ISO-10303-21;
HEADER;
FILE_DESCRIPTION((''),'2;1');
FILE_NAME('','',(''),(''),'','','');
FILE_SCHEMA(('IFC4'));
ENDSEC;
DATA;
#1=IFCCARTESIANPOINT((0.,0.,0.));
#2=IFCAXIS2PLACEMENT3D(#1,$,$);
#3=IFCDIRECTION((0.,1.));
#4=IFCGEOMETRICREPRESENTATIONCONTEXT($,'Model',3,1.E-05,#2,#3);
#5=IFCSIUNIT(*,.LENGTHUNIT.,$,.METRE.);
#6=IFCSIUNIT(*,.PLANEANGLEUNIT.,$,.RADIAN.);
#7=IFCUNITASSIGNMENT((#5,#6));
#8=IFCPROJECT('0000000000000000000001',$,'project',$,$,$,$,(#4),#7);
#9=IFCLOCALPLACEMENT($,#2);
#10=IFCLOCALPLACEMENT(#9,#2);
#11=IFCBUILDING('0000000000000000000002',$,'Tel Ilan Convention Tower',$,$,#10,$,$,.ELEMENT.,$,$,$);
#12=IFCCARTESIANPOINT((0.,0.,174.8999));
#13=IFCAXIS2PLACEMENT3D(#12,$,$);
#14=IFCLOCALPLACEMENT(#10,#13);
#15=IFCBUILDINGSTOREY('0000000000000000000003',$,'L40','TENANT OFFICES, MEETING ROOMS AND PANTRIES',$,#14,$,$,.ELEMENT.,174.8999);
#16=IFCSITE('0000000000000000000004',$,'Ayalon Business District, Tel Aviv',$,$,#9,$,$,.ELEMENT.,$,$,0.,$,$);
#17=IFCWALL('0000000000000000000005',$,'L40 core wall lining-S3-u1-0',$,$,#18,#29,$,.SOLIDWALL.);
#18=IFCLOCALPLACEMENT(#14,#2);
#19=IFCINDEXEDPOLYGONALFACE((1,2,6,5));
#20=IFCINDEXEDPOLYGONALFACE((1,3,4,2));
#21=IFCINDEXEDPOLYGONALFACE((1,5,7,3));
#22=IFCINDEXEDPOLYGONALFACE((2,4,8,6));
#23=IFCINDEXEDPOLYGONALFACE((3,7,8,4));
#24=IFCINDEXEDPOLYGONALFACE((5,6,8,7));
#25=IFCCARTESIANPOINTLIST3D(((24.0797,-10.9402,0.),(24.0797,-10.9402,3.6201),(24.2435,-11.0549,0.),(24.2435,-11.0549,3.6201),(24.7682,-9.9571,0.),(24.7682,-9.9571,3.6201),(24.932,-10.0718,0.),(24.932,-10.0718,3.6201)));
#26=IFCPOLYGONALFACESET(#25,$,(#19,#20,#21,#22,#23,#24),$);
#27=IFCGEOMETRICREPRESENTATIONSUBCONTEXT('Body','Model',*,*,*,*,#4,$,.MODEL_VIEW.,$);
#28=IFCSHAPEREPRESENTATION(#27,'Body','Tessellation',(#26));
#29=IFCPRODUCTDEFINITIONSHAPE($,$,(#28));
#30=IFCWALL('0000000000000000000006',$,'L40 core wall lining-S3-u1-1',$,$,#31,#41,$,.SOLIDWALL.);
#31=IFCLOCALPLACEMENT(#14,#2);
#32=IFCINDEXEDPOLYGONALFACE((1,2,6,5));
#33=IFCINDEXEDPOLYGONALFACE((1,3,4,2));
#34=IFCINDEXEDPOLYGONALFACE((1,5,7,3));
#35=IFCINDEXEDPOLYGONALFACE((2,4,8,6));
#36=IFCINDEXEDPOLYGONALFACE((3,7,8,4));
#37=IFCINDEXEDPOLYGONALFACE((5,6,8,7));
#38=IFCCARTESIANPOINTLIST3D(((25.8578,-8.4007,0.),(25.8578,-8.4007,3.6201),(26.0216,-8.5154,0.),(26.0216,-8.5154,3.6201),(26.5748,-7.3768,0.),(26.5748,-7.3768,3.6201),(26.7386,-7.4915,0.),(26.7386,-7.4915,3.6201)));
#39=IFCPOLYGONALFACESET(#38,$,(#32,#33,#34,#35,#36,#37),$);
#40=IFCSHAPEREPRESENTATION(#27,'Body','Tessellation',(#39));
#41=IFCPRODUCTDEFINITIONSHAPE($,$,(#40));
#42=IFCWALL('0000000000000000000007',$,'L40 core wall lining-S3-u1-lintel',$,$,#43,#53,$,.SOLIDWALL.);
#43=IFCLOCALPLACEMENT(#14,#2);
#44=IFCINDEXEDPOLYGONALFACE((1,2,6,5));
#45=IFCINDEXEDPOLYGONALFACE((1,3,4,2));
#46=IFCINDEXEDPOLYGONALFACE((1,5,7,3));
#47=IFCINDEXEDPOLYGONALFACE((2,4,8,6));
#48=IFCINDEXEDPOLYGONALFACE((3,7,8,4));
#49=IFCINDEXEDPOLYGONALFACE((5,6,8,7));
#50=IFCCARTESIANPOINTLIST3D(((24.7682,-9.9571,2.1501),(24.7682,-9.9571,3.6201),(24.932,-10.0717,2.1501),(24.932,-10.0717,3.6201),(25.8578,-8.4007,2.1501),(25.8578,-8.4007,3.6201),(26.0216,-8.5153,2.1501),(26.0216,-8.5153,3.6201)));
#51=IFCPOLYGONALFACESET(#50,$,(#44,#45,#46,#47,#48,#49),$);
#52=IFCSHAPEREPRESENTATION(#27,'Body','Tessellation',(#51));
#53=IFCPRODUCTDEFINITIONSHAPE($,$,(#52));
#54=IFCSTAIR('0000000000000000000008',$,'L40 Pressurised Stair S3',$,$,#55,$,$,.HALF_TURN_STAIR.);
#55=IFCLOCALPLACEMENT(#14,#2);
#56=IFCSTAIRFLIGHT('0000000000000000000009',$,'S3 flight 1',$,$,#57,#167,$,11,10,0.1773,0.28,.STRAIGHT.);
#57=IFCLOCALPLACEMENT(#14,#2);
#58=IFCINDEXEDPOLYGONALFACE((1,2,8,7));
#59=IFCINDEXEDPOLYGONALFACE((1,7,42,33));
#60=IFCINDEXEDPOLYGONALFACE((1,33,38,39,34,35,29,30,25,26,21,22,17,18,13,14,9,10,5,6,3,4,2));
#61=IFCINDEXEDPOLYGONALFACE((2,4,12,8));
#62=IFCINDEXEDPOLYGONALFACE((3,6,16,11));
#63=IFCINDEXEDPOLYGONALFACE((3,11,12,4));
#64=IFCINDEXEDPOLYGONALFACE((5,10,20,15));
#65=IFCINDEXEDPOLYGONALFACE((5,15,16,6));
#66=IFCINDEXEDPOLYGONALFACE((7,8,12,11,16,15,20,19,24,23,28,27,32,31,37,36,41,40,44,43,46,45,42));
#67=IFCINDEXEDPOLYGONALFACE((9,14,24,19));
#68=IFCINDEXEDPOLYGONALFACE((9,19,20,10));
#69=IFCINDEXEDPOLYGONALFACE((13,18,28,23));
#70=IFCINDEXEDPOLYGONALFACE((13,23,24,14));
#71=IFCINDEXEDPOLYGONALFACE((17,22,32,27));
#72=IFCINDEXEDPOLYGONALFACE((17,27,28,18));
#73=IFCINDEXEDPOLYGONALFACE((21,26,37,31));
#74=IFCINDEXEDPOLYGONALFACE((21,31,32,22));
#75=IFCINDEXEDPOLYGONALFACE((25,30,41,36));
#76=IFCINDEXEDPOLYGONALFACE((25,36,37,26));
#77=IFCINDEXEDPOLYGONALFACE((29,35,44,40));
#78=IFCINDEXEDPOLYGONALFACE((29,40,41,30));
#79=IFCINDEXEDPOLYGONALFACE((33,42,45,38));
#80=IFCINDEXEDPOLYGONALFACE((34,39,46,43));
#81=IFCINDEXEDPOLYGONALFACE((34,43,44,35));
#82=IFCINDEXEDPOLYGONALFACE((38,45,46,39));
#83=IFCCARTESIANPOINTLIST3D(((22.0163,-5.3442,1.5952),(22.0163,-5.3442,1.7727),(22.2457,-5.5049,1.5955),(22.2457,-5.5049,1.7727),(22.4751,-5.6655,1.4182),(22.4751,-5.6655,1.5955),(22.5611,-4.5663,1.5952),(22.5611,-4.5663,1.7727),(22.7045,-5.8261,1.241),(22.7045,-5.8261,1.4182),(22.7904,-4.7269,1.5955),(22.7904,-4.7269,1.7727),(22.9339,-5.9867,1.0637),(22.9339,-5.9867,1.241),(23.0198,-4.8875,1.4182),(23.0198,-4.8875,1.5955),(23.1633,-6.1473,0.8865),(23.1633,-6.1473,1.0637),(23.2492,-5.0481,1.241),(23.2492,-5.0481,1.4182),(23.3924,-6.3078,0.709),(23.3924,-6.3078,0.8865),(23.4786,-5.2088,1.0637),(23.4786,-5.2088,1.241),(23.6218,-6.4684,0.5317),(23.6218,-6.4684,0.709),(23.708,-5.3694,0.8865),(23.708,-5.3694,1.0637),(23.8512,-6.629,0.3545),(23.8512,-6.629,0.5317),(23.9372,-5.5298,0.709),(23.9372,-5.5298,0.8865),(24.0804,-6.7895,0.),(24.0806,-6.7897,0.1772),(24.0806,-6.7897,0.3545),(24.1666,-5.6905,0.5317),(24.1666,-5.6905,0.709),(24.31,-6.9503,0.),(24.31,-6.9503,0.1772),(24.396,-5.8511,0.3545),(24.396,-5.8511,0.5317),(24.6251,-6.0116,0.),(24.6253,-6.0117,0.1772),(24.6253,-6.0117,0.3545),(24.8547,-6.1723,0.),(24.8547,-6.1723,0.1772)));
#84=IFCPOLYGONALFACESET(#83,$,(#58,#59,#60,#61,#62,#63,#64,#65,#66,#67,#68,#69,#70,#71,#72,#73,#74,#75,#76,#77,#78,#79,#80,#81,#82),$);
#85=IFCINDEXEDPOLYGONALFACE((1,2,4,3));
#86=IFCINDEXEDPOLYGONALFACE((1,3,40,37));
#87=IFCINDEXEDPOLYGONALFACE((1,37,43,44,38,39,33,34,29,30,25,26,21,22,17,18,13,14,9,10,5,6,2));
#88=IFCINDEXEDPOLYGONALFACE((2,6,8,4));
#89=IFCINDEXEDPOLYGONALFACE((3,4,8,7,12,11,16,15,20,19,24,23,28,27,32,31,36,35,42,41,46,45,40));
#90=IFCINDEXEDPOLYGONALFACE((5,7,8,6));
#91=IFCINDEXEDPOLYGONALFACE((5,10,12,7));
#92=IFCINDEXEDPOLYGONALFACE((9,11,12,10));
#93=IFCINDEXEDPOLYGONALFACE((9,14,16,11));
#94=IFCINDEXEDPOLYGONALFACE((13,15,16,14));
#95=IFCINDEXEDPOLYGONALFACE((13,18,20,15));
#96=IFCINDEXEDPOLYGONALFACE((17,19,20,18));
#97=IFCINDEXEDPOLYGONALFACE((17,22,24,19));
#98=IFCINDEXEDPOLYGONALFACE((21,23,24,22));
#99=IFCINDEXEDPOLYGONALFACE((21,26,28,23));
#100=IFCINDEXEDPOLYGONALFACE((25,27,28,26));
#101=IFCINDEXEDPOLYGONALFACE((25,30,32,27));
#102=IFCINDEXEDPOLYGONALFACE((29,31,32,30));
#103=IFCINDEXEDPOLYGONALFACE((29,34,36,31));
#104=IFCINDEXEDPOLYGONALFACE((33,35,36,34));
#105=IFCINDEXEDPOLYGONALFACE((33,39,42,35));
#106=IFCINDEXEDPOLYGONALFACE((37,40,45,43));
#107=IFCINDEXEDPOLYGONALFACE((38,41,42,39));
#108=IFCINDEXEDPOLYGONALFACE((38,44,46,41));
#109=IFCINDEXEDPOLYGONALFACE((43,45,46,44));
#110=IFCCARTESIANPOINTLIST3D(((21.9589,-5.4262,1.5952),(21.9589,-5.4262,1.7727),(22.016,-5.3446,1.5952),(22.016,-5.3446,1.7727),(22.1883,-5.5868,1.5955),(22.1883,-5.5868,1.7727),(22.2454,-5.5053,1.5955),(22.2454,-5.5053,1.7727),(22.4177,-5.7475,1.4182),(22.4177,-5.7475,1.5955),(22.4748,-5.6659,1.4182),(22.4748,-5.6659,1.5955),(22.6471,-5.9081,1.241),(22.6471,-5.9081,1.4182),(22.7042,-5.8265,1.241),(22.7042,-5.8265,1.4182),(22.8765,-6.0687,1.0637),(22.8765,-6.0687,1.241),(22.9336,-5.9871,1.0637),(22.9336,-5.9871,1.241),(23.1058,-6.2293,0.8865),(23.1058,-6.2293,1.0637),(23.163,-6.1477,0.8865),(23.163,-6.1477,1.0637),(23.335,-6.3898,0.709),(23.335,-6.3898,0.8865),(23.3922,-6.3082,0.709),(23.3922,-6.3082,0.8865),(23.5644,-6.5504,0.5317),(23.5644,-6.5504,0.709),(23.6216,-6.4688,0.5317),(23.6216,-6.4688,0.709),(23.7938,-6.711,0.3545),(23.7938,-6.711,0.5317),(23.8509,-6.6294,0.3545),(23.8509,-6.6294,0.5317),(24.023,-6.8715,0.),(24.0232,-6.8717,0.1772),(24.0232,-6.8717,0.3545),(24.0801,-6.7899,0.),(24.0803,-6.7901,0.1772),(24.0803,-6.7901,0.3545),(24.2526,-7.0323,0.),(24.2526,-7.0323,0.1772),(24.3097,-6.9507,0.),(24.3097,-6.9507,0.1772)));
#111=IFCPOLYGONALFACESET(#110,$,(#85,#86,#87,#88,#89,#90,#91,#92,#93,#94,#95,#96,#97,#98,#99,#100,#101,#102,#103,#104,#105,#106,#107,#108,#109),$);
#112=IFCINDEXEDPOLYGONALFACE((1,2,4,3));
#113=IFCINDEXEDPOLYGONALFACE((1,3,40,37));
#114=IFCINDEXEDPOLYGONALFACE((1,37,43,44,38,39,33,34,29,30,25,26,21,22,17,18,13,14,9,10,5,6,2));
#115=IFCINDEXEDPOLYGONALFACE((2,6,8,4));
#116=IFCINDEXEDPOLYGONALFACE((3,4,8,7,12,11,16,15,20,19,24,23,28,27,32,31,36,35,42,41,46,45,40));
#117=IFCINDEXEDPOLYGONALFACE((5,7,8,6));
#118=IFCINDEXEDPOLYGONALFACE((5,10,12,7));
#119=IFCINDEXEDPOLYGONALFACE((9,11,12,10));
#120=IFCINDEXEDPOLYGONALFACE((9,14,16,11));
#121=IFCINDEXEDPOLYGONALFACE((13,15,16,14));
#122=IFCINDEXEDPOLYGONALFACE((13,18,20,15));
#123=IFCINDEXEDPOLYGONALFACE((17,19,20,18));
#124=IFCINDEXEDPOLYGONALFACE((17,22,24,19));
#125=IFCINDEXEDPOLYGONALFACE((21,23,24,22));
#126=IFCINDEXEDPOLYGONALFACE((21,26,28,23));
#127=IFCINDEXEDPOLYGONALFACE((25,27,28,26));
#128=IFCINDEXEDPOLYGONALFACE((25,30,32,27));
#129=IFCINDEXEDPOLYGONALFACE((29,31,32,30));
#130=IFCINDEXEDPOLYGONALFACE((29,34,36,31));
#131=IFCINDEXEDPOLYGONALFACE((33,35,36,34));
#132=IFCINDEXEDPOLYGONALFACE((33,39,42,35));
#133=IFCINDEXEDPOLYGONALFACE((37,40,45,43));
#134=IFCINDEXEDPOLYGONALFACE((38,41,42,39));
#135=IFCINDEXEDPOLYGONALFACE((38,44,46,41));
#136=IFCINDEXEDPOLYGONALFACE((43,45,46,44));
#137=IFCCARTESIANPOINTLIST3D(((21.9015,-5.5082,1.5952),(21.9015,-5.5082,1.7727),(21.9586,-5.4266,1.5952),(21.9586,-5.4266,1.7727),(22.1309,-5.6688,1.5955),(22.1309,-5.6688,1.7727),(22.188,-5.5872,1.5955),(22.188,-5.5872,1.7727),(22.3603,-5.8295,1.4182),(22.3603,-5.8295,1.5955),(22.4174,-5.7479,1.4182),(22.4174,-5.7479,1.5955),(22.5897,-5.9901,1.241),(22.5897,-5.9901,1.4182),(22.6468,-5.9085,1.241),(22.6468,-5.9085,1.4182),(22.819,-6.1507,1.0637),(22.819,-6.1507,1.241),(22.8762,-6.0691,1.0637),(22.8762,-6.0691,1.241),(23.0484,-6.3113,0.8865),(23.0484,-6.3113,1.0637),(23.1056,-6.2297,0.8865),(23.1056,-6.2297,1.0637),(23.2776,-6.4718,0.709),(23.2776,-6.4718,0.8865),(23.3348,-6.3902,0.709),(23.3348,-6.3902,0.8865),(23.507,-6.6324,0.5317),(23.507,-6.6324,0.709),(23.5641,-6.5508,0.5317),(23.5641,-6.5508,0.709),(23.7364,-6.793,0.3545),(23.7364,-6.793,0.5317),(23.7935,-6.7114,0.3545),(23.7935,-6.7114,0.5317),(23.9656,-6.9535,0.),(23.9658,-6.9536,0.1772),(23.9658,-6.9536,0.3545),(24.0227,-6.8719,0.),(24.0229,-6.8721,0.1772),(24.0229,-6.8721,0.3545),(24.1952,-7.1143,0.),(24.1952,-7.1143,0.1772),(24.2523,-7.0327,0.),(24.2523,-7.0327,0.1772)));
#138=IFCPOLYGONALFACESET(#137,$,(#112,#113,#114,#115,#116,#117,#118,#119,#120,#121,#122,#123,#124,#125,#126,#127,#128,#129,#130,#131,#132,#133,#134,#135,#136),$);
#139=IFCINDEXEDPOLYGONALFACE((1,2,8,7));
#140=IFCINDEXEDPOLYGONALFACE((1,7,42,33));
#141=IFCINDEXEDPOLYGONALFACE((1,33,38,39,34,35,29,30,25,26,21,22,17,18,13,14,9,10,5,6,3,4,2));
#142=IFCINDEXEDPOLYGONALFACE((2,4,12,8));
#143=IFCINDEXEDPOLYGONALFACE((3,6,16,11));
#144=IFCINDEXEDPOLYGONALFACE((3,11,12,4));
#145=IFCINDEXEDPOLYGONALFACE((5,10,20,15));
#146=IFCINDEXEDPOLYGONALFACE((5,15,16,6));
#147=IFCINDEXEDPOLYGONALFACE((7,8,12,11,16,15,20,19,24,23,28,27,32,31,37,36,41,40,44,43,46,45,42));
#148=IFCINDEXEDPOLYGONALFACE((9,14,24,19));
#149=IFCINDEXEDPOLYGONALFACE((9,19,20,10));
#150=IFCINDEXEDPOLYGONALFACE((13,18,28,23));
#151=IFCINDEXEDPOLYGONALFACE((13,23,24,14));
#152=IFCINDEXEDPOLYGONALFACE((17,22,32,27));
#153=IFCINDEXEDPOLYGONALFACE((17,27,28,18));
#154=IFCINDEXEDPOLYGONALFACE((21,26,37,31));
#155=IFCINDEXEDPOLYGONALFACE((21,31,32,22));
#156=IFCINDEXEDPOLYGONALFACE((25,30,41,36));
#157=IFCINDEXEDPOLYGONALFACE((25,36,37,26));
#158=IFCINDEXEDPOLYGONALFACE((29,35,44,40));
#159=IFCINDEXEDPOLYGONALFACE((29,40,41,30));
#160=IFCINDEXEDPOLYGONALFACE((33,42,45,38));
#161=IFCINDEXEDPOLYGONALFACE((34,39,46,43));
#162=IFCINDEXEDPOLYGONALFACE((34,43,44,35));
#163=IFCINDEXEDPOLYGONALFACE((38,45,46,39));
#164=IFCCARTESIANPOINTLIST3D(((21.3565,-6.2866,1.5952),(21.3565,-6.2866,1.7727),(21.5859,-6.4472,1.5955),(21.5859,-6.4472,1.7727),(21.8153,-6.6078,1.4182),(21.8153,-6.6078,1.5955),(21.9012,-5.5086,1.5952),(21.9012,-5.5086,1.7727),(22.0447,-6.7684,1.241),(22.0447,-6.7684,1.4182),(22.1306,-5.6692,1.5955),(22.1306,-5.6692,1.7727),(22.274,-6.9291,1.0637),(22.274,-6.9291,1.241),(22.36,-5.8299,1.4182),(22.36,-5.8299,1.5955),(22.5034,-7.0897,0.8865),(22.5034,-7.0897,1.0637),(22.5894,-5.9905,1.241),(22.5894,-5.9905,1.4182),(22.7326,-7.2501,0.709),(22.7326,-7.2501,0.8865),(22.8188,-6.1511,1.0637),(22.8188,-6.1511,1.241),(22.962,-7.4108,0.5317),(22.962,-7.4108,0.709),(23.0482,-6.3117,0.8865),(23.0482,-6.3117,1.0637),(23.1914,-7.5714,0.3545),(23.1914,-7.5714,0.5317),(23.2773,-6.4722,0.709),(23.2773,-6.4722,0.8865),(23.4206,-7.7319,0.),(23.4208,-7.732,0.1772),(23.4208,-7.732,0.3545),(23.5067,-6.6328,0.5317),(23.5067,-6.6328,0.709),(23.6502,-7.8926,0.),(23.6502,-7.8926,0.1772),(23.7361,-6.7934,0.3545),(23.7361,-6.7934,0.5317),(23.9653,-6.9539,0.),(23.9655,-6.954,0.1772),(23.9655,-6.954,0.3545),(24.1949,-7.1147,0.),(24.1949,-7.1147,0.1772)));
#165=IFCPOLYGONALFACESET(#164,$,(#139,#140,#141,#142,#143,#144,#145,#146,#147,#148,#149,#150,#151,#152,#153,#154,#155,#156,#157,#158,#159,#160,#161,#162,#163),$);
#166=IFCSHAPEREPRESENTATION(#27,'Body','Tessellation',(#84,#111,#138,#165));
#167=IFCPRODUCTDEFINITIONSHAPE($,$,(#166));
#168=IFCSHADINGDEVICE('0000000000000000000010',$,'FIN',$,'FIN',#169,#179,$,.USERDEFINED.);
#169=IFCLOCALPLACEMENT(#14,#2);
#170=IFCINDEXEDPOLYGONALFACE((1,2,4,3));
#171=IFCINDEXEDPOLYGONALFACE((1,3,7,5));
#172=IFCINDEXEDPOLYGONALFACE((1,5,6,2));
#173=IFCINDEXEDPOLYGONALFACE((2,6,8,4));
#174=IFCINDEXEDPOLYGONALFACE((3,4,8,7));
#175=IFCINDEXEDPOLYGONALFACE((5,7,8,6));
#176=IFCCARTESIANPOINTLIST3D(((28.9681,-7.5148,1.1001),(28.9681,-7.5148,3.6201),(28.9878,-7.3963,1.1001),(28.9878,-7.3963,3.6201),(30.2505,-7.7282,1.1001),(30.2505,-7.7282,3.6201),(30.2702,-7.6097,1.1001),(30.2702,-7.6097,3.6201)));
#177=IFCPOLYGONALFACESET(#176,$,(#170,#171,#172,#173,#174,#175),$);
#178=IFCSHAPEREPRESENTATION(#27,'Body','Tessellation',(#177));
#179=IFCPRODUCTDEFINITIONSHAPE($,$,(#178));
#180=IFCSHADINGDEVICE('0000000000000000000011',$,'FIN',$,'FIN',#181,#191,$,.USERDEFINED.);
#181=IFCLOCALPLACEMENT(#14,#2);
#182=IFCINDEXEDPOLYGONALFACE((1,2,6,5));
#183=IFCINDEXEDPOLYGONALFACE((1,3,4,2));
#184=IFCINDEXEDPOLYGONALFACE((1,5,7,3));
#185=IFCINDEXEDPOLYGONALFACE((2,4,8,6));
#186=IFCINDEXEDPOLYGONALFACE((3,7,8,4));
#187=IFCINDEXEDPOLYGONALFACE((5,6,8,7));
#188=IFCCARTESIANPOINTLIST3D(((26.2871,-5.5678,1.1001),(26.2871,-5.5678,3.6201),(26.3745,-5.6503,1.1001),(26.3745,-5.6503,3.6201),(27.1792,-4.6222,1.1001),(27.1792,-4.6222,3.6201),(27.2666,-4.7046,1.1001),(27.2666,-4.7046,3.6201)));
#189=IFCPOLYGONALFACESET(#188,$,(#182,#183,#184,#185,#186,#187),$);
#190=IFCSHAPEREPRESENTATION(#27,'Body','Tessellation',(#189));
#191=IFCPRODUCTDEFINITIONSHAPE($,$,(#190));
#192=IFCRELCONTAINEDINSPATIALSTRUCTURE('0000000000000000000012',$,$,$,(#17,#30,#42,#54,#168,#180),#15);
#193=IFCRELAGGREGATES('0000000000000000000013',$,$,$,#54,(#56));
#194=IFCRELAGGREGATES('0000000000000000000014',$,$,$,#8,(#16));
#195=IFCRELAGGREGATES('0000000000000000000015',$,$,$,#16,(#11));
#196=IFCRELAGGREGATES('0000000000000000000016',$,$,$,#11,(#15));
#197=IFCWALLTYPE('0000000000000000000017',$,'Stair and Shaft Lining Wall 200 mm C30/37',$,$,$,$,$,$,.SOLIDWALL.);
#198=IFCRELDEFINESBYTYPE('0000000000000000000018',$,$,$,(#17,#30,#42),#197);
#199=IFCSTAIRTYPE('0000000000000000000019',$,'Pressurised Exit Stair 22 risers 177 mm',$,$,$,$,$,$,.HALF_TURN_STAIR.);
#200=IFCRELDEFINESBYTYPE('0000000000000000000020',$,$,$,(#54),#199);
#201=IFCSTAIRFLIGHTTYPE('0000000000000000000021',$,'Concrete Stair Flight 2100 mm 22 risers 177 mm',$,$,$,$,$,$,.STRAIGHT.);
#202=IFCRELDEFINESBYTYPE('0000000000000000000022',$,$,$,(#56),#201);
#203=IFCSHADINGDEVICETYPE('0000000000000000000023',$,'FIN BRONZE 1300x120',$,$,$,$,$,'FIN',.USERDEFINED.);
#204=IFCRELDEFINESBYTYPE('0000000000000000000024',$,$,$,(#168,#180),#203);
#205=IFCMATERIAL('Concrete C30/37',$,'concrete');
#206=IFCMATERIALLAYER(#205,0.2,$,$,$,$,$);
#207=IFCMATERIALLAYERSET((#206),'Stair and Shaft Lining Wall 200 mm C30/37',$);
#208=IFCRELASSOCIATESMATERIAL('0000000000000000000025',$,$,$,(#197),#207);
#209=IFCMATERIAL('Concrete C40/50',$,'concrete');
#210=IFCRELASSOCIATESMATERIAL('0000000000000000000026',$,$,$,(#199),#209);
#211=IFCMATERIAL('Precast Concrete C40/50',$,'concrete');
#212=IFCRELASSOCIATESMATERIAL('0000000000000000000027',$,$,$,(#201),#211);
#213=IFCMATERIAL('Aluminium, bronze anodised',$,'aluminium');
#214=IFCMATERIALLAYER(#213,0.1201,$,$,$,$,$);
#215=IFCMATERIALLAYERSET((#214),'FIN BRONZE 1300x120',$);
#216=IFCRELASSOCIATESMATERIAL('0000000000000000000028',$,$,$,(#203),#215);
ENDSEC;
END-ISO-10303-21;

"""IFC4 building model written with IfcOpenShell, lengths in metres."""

from ifc_helpers import new_model, si_unit, direction, frame, frame_2d, origin, origin_2d, place, context, subcontext, project, spatial, polyline, rectangle, outline, extrude, material, layer, layer_set, type_object, element, aggregate, save


model = new_model("IFC4")

# Units and contexts
model_context = context("Model", 3, precision=1e-05, world=origin(), true_north=direction((0.0, 1.0)))
body_context = subcontext(model_context, "Body", "Model", "MODEL_VIEW")
ifc_project = project(units=[si_unit("LENGTHUNIT", "METRE"), si_unit("PLANEANGLEUNIT", "RADIAN")], contexts=[model_context])

# Site, building, storey
site_placement = place(None, origin())
site = spatial("IfcSite", under=ifc_project, at=site_placement, Name="Ayalon Business District, Tel Aviv", CompositionType="ELEMENT", RefElevation=0.0)
building_placement = place(site_placement, origin())
building = spatial("IfcBuilding", under=site, at=building_placement, Name="Tel Ilan Convention Tower", CompositionType="ELEMENT")
storey_placement = place(building_placement, frame((0.0, 0.0, 174.8999)))
storey = spatial("IfcBuildingStorey", under=building, at=storey_placement, Name="L40", Description="TENANT OFFICES, MEETING ROOMS AND PANTRIES", CompositionType="ELEMENT", Elevation=174.8999)

# Walls
ifc_material_1 = material(Name="Concrete C30/37", Category="concrete")
ifc_layer_1 = layer(ifc_material_1, 0.2)
ifc_layer_set_1 = layer_set([ifc_layer_1], Name="Stair and Shaft Lining Wall 200 mm C30/37")
wall_type_1 = type_object("IfcWallType", Name="Stair and Shaft Lining Wall 200 mm C30/37", PredefinedType="SOLIDWALL", material=ifc_layer_set_1)
wall_1_placement = place(storey_placement, frame((24.1616, -10.9976, 0.0), z_axis=(0.0, 0.0, 1.0), x_axis=(0.573613, 0.819127, 0.0)))
element("IfcWall", 1, at=wall_1_placement, inside=storey, type_object=wall_type_1, Name="L40 core wall lining-S3-u1-0", PredefinedType="SOLIDWALL", context=body_context, shape_type="SweptSolid", body=[
    extrude(rectangle(XDim=1.2002, YDim=0.2, at=frame_2d((0.6001, 0.0))), origin(), (0.0, 0.0, 1.0), 3.6201),
])
wall_2_placement = place(storey_placement, frame((25.9397, -8.458, 0.0), z_axis=(0.0, 0.0, 1.0), x_axis=(0.57362, 0.819122, 0.0)))
element("IfcWall", 2, at=wall_2_placement, inside=storey, type_object=wall_type_1, Name="L40 core wall lining-S3-u1-1", PredefinedType="SOLIDWALL", context=body_context, shape_type="SweptSolid", body=[
    extrude(rectangle(XDim=1.25, YDim=0.2, at=frame_2d((0.625, 0.0))), origin(), (0.0, 0.0, 1.0), 3.6201),
])
wall_3_placement = place(storey_placement, frame((24.8501, -10.0144, 2.1501), z_axis=(0.0, 0.0, 1.0), x_axis=(0.573505, 0.819202, 0.0)))
element("IfcWall", 3, at=wall_3_placement, inside=storey, type_object=wall_type_1, Name="L40 core wall lining-S3-u1-lintel", PredefinedType="SOLIDWALL", context=body_context, shape_type="SweptSolid", body=[
    extrude(rectangle(XDim=1.8999, YDim=0.2, at=frame_2d((0.95, 0.0))), origin(), (0.0, 0.0, 1.0), 1.47),
])

# Stair, stair flight
ifc_material_2 = material(Name="Concrete C40/50", Category="concrete")
stair_type = type_object("IfcStairType", Name="Pressurised Exit Stair 22 risers 177 mm", PredefinedType="HALF_TURN_STAIR", material=ifc_material_2)
stair_placement = place(storey_placement, origin())
stair = element("IfcStair", 4, at=stair_placement, inside=storey, type_object=stair_type, Name="L40 Pressurised Stair S3", PredefinedType="HALF_TURN_STAIR")
ifc_material_3 = material(Name="Precast Concrete C40/50", Category="concrete")
stair_flight_type = type_object("IfcStairFlightType", Name="Concrete Stair Flight 2100 mm 22 risers 177 mm", PredefinedType="STRAIGHT", material=ifc_material_3)
stair_flight_placement = place(storey_placement, frame((24.2524, -7.0325, 0.0), z_axis=(0.0, 0.0, 1.0), x_axis=(-0.819152, 0.573576, 0.0)))
stair_flight = element("IfcStairFlight", 5, at=stair_flight_placement, type_object=stair_flight_type, Name="S3 flight 1", NumberOfRisers=11, NumberOfTreads=10, PredefinedType="STRAIGHT", RiserHeight=0.1773, TreadLength=0.28, context=body_context, shape_type="SweptSolid", body=[
    extrude(outline(polyline([(0.0, 0.0), (0.0, 0.1772), (0.28, 0.1772), (0.28, 0.3545), (0.5601, 0.3545), (0.5601, 0.5317), (0.8401, 0.5317), (0.8401, 0.709), (1.1201, 0.709), (1.1201, 0.8865), (1.3999, 0.8865), (1.3999, 1.0637), (1.6799, 1.0637), (1.6799, 1.241), (1.96, 1.241), (1.96, 1.4182), (2.24, 1.4182), (2.24, 1.5955), (2.52, 1.5955), (2.52, 1.7727), (2.8, 1.7727), (2.8, 1.95), (2.8, 1.5952), (0.2803, 0.0), (0.0, 0.0)])), frame((0.0, -0.1003, 0.0), z_axis=(0.0, -1.0, 0.0), x_axis=(1.0, 0.0, 0.0)), (0.0, 0.0, 1.0), 0.9497),
    extrude(outline(polyline([(0.0, 0.0), (0.0, 0.1772), (0.28, 0.1772), (0.28, 0.3545), (0.5601, 0.3545), (0.5601, 0.5317), (0.8401, 0.5317), (0.8401, 0.709), (1.1201, 0.709), (1.1201, 0.8865), (1.3999, 0.8865), (1.3999, 1.0637), (1.6799, 1.0637), (1.6799, 1.241), (1.96, 1.241), (1.96, 1.4182), (2.24, 1.4182), (2.24, 1.5955), (2.52, 1.5955), (2.52, 1.7727), (2.8, 1.7727), (2.8, 1.95), (2.8, 1.5952), (0.2803, 0.0), (0.0, 0.0)])), frame((0.0, -0.0002, 0.0), z_axis=(0.0, -1.0, 0.0), x_axis=(1.0, 0.0, 0.0)), (0.0, 0.0, 1.0), 0.0996),
    extrude(outline(polyline([(0.0, 0.0), (0.0, 0.1772), (0.28, 0.1772), (0.28, 0.3545), (0.5601, 0.3545), (0.5601, 0.5317), (0.8401, 0.5317), (0.8401, 0.709), (1.1201, 0.709), (1.1201, 0.8865), (1.3999, 0.8865), (1.3999, 1.0637), (1.6799, 1.0637), (1.6799, 1.241), (1.96, 1.241), (1.96, 1.4182), (2.24, 1.4182), (2.24, 1.5955), (2.52, 1.5955), (2.52, 1.7727), (2.8, 1.7727), (2.8, 1.95), (2.8, 1.5952), (0.2803, 0.0), (0.0, 0.0)])), frame((0.0, 0.0999, 0.0), z_axis=(0.0, -1.0, 0.0), x_axis=(1.0, 0.0, 0.0)), (0.0, 0.0, 1.0), 0.0996),
    extrude(outline(polyline([(0.0, 0.0), (0.0, 0.1772), (0.28, 0.1772), (0.28, 0.3545), (0.5601, 0.3545), (0.5601, 0.5317), (0.8401, 0.5317), (0.8401, 0.709), (1.1201, 0.709), (1.1201, 0.8865), (1.3999, 0.8865), (1.3999, 1.0637), (1.6799, 1.0637), (1.6799, 1.241), (1.96, 1.241), (1.96, 1.4182), (2.24, 1.4182), (2.24, 1.5955), (2.52, 1.5955), (2.52, 1.7727), (2.8, 1.7727), (2.8, 1.95), (2.8, 1.5952), (0.2803, 0.0), (0.0, 0.0)])), frame((0.0, 1.05, 0.0), z_axis=(0.0, -1.0, 0.0), x_axis=(1.0, 0.0, 0.0)), (0.0, 0.0, 1.0), 0.9497),
])
aggregate(stair, [stair_flight])

# Shading devices
ifc_material_4 = material(Name="Aluminium, bronze anodised", Category="aluminium")
ifc_layer_2 = layer(ifc_material_4, 0.1201)
ifc_layer_set_2 = layer_set([ifc_layer_2], Name="FIN BRONZE 1300x120")
shading_device_type = type_object("IfcShadingDeviceType", Name="FIN BRONZE 1300x120", ElementType="FIN", PredefinedType="USERDEFINED", material=ifc_layer_set_2)
for number, where, z_axis, x_axis, name in (
    (6, (29.6191, -7.5623, 1.1001), (0.0, 0.0, 1.0), (0.986445, -0.164091, 0.0), "FIN"),
    (7, (26.7769, -5.1362, 1.1001), (0.0, 0.0, 1.0), (0.686242, 0.727374, 0.0), "FIN"),
):
    element("IfcShadingDevice", number, at=place(storey_placement, frame(where, z_axis=z_axis, x_axis=x_axis)), inside=storey, type_object=shading_device_type, Name=name, ObjectType="FIN", PredefinedType="USERDEFINED", context=body_context, shape_type="SweptSolid", body=[
        extrude(rectangle(XDim=1.3, YDim=0.1201, at=origin_2d()), origin(), (0.0, 0.0, 1.0), 2.52),
    ])

save(model, "model.ifc")
